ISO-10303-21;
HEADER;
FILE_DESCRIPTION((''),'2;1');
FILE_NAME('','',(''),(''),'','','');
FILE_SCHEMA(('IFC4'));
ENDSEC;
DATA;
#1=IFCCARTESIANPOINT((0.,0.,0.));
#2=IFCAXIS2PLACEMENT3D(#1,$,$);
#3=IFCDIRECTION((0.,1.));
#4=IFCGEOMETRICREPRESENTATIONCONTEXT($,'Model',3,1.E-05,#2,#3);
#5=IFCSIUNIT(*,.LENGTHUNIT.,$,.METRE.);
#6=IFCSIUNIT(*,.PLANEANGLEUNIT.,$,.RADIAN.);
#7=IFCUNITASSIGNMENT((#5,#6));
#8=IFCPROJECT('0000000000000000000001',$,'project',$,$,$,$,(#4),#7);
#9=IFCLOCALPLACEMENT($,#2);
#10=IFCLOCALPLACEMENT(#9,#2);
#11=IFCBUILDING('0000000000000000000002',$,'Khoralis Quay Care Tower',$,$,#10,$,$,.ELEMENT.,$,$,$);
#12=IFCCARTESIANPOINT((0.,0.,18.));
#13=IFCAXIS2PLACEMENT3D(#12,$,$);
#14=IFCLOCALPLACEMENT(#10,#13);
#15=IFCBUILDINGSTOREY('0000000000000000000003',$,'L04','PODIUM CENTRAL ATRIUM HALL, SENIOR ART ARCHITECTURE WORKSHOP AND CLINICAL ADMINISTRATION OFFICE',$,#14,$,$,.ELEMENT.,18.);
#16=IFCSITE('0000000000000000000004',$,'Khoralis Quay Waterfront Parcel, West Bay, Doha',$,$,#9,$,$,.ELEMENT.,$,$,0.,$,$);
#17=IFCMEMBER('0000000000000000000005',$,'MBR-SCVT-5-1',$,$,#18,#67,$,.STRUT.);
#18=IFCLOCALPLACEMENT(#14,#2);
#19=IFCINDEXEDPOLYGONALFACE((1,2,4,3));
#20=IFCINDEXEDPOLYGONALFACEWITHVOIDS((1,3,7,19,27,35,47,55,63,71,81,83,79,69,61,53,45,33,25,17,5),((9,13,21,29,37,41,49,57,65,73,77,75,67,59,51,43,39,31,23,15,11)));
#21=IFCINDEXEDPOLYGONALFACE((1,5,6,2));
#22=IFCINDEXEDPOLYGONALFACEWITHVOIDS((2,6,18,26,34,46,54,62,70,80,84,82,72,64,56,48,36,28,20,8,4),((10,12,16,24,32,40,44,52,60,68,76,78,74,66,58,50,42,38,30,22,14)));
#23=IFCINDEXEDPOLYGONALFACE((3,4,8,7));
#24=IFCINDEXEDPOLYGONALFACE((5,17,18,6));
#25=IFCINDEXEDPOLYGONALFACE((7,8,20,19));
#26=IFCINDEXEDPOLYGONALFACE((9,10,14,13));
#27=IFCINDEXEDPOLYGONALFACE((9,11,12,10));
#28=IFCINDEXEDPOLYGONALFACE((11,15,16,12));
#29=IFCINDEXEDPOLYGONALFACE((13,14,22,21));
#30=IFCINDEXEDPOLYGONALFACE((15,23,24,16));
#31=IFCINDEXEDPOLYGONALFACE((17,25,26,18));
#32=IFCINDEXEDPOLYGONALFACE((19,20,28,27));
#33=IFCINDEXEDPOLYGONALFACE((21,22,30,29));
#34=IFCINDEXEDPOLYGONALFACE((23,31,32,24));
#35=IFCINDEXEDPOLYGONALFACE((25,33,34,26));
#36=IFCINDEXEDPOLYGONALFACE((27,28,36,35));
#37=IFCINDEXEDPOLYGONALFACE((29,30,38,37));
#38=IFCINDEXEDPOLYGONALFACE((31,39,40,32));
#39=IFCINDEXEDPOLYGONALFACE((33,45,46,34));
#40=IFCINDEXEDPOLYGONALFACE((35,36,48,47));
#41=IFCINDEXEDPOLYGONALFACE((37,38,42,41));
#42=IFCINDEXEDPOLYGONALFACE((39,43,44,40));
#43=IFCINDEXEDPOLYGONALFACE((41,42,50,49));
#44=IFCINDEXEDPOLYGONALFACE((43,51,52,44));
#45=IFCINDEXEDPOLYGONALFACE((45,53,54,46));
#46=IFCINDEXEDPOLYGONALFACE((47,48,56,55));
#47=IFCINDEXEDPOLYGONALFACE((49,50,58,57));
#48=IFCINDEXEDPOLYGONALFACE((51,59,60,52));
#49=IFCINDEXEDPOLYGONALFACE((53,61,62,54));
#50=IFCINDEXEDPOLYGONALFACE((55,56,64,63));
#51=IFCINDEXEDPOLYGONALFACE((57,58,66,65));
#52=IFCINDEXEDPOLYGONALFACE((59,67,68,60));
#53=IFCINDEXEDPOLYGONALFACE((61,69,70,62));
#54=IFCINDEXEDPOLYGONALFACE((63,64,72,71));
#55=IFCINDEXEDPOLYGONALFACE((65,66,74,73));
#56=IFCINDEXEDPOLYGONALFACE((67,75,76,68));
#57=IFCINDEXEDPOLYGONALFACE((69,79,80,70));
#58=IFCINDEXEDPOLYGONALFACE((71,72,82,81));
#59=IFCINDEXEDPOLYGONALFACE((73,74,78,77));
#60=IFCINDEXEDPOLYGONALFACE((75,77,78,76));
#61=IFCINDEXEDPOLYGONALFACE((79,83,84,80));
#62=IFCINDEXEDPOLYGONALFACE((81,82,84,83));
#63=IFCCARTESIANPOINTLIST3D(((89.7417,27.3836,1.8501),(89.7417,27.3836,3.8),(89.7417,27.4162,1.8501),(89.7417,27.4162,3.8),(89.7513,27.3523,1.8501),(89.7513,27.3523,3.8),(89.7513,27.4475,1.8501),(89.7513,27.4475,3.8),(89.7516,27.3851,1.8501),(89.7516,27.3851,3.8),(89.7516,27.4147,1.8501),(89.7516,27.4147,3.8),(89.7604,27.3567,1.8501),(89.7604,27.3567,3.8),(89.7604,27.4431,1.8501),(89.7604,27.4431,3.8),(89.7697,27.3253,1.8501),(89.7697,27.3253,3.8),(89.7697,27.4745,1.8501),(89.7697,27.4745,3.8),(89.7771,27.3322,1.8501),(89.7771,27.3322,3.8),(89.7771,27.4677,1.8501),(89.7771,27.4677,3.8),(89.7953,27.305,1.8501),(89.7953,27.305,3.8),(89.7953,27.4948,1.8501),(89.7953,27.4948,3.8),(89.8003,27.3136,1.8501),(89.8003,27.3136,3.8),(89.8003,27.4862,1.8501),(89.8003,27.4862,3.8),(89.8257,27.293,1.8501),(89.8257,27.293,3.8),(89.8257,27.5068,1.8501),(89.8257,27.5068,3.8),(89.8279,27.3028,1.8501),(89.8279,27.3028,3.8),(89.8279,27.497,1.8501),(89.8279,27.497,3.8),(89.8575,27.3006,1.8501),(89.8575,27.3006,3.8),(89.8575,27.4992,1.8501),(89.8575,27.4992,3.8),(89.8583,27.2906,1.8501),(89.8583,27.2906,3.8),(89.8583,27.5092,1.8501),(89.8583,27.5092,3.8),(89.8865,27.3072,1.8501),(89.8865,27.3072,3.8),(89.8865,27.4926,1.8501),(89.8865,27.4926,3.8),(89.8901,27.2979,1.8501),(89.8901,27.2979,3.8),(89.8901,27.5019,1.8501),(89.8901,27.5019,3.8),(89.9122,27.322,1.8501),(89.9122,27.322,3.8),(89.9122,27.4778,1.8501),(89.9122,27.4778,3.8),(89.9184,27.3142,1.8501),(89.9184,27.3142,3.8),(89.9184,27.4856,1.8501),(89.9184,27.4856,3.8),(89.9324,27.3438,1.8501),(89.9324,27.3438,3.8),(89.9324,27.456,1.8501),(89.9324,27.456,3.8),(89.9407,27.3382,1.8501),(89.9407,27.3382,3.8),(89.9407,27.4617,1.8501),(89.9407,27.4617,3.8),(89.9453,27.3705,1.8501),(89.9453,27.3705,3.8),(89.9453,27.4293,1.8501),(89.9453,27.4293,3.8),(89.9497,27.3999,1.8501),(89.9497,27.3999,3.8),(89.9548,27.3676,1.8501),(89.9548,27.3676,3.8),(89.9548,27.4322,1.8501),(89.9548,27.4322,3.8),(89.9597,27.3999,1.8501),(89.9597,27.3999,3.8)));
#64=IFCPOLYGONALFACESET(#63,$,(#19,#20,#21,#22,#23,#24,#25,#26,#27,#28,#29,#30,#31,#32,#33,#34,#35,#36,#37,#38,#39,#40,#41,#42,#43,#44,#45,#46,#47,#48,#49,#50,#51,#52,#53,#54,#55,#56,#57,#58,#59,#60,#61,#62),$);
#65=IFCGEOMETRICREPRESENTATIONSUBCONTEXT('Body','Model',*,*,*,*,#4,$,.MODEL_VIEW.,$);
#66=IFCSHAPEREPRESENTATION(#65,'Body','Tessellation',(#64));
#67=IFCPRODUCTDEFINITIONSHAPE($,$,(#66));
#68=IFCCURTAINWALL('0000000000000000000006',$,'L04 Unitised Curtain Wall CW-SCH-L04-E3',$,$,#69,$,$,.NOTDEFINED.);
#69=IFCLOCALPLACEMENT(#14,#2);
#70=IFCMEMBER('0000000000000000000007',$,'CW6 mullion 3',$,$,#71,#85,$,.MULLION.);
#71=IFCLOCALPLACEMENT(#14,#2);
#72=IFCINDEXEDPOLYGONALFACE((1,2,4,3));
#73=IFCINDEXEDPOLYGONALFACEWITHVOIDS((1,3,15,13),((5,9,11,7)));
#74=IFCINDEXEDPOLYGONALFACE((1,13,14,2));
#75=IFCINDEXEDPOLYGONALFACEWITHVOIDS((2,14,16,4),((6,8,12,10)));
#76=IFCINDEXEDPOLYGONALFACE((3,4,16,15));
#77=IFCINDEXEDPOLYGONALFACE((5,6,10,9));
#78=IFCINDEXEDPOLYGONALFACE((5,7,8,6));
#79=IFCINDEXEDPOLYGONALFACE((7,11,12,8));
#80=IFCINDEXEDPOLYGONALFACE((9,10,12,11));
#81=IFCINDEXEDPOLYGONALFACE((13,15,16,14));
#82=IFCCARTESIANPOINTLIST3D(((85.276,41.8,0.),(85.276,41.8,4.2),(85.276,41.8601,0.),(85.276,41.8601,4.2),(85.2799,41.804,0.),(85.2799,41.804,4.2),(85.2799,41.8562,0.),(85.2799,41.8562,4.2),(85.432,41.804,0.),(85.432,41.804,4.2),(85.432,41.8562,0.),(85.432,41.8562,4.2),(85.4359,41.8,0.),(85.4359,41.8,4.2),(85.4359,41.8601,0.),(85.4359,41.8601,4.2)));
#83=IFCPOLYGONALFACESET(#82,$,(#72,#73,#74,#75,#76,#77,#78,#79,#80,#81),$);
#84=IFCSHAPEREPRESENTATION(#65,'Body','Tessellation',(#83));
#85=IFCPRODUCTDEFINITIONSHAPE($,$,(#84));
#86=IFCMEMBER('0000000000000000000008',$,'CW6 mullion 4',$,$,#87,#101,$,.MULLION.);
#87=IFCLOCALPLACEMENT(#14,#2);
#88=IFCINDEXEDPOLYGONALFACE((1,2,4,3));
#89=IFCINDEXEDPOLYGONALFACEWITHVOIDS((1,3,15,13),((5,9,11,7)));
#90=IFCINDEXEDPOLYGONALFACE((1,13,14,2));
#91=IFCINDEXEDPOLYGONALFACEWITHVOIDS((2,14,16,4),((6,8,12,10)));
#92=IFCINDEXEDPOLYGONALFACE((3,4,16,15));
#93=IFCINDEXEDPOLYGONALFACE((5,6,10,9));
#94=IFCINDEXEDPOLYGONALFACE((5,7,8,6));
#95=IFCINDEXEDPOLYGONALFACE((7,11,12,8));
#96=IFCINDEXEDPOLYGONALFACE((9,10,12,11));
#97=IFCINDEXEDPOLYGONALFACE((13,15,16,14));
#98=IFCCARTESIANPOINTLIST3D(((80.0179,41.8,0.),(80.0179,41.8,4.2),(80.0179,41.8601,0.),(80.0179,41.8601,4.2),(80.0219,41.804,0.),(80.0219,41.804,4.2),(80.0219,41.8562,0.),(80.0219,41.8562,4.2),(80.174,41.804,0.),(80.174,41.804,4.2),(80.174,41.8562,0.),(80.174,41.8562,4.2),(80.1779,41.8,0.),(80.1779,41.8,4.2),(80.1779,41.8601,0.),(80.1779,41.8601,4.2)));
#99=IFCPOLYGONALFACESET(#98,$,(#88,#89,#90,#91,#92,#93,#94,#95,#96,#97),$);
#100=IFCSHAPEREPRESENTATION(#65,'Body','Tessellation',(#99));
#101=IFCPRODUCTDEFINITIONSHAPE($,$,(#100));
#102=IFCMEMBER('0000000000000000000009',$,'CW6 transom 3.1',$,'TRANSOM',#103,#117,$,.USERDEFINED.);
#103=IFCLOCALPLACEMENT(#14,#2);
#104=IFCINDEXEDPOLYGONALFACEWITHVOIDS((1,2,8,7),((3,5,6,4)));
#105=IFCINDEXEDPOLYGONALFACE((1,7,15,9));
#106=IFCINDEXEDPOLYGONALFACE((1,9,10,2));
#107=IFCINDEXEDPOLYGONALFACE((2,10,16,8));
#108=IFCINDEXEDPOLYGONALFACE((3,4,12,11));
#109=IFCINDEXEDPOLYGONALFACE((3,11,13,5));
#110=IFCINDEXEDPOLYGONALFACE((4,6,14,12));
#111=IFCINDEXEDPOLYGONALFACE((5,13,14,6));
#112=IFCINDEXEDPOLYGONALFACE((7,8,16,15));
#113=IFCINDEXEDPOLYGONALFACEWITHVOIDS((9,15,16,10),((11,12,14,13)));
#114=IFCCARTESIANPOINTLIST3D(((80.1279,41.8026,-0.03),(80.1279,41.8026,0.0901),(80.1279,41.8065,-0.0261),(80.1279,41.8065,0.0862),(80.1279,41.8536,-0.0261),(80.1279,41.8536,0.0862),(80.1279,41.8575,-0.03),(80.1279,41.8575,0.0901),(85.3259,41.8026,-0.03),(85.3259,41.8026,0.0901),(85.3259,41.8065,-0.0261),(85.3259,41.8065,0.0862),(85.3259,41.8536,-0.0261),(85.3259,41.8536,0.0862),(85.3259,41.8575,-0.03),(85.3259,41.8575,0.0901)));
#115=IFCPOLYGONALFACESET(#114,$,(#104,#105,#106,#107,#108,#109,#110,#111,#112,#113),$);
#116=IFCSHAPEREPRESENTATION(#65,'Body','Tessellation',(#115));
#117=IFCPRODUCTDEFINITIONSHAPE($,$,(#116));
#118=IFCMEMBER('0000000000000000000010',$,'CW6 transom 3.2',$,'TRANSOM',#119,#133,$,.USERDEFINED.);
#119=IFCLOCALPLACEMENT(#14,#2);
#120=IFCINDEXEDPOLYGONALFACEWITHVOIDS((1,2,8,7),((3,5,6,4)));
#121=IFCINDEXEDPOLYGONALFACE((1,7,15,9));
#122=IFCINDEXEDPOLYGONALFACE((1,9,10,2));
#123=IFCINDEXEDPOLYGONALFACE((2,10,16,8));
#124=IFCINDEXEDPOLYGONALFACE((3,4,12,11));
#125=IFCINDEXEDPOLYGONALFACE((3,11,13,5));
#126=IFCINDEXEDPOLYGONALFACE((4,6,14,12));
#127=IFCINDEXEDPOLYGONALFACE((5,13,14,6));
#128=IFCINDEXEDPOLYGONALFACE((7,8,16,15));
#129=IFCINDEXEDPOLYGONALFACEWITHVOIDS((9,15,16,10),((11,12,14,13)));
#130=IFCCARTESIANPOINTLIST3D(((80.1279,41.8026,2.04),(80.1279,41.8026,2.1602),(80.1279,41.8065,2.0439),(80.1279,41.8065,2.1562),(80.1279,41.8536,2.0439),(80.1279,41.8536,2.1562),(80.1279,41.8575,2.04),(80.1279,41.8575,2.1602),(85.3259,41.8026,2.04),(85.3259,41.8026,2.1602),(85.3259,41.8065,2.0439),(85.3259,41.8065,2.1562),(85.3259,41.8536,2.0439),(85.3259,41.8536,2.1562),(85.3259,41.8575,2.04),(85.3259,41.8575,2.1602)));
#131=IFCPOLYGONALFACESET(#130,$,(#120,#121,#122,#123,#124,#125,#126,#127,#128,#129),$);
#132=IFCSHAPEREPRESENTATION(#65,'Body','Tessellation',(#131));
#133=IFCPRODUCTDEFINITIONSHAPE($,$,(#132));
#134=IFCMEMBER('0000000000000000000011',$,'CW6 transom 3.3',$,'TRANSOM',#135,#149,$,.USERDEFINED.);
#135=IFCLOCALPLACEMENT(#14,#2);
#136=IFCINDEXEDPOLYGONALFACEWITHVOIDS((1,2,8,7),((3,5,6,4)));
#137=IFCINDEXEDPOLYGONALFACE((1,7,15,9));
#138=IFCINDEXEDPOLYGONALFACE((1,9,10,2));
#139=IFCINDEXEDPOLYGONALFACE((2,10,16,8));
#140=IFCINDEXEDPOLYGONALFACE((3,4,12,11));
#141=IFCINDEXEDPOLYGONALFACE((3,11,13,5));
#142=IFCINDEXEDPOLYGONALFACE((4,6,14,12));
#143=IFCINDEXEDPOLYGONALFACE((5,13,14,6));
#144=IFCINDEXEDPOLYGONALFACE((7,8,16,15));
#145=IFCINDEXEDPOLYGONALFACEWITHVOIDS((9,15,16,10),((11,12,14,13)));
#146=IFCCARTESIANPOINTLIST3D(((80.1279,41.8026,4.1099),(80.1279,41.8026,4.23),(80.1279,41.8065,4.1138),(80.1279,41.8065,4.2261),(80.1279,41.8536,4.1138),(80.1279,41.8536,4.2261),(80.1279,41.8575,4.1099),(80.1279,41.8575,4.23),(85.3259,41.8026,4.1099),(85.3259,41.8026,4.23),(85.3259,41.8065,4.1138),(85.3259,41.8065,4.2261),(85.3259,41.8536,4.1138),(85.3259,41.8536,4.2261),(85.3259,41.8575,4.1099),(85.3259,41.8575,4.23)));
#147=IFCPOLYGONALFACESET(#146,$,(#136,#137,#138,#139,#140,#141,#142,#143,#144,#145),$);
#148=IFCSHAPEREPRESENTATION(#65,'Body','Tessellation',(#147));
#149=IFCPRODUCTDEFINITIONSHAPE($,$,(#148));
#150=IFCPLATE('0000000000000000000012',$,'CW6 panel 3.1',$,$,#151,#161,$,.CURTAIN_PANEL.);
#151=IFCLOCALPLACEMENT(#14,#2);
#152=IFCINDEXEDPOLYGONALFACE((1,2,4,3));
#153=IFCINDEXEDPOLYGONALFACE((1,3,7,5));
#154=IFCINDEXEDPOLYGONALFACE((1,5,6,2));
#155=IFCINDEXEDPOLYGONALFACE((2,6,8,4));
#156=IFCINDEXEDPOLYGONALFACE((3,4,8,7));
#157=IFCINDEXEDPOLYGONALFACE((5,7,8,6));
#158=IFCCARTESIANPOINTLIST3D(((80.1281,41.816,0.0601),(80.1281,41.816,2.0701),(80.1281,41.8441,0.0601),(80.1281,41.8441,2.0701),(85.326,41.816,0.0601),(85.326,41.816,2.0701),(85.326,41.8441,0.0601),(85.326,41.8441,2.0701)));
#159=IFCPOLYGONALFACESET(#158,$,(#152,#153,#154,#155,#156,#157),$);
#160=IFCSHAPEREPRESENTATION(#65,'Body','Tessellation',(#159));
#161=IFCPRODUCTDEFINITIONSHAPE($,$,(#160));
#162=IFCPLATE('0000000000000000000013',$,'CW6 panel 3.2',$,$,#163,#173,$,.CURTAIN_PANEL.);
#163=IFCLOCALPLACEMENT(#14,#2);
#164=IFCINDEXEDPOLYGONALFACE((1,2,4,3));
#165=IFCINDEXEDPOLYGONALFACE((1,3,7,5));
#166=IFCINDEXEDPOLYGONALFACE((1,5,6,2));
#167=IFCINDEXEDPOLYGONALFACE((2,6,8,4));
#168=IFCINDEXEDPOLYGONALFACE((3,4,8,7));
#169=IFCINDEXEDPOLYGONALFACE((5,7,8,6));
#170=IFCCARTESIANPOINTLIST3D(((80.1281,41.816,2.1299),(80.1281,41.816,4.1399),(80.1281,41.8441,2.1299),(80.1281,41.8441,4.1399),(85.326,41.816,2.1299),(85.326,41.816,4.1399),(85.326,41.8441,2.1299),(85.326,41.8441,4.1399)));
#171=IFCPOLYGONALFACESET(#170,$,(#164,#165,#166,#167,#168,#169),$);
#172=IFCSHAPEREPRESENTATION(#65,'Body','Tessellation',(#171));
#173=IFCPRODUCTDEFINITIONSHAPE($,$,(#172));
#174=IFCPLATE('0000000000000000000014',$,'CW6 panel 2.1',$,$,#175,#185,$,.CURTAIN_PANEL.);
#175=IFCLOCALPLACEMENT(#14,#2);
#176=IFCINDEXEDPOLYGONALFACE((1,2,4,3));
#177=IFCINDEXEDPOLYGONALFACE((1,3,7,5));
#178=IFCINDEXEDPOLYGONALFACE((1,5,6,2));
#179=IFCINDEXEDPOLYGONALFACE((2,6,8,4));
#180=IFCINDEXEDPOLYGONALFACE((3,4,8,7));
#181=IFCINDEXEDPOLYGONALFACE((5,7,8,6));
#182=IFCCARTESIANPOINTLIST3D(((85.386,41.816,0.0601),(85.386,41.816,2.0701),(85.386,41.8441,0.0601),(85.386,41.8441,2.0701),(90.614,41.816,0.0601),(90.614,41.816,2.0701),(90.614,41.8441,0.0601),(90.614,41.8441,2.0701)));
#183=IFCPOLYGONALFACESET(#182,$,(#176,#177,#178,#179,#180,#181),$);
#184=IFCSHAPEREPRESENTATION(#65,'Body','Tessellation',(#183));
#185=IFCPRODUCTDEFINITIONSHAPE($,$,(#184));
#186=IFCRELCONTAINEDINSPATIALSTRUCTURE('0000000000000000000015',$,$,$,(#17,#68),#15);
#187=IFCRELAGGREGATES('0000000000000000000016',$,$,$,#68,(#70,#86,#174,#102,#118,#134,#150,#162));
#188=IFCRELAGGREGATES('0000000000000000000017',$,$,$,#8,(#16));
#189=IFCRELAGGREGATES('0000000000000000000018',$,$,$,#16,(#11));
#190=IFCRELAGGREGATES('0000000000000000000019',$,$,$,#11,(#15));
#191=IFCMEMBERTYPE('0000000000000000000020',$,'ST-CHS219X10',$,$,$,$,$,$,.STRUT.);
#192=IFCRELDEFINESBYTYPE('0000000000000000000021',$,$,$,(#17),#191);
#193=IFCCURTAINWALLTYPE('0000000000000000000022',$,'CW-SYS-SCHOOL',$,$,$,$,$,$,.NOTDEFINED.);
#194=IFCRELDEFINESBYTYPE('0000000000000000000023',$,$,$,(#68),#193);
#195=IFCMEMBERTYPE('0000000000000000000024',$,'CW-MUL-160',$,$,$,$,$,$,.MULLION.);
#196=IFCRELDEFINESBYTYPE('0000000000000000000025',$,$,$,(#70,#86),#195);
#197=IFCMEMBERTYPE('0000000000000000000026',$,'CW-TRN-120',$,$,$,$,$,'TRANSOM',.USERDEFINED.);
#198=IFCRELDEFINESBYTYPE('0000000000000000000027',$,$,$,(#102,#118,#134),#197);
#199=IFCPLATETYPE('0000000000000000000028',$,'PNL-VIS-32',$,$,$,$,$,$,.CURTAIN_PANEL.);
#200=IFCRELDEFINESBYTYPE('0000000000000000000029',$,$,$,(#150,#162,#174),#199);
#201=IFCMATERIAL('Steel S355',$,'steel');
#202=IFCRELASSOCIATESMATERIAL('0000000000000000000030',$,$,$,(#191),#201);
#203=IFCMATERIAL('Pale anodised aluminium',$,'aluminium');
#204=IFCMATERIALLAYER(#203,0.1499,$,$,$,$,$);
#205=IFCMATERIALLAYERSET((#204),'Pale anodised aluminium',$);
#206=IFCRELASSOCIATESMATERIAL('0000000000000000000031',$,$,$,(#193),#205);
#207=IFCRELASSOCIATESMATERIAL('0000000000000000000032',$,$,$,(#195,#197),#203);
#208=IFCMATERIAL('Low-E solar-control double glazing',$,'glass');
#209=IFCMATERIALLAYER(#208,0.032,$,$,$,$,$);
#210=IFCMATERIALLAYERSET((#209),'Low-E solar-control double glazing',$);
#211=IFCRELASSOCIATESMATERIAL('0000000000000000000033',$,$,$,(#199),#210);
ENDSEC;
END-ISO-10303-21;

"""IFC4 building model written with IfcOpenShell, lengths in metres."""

from ifc_helpers import new_model, si_unit, direction, frame, origin, origin_2d, place, context, subcontext, project, spatial, rectangle, hollow_rectangle, hollow_circle, extrude, source, transform, mapped, material, layer, layer_set, material_profile, profile_set, type_object, element, aggregate, save


model = new_model("IFC4")

# Units and contexts
model_context = context("Model", 3, precision=1e-05, world=origin(), true_north=direction((0.0, 1.0)))
body_context = subcontext(model_context, "Body", "Model", "MODEL_VIEW")
ifc_project = project(units=[si_unit("LENGTHUNIT", "METRE"), si_unit("PLANEANGLEUNIT", "RADIAN")], contexts=[model_context])

# Site, building, storey
site_placement = place(None, origin())
site = spatial("IfcSite", under=ifc_project, at=site_placement, Name="Khoralis Quay Waterfront Parcel, West Bay, Doha", CompositionType="ELEMENT", RefElevation=0.0)
building_placement = place(site_placement, origin())
building = spatial("IfcBuilding", under=site, at=building_placement, Name="Khoralis Quay Care Tower", CompositionType="ELEMENT")
storey_placement = place(building_placement, frame((0.0, 0.0, 18.0)))
storey = spatial("IfcBuildingStorey", under=building, at=storey_placement, Name="L04", Description="PODIUM CENTRAL ATRIUM HALL, SENIOR ART ARCHITECTURE WORKSHOP AND CLINICAL ADMINISTRATION OFFICE", CompositionType="ELEMENT", Elevation=18.0)

# Shared definitions
ifc_material_1 = material(Name="Steel S355", Category="steel")

# Member
ifc_material_profile_1 = material_profile(ifc_material_1, hollow_circle(Radius=0.1096, WallThickness=0.01, at=origin_2d()), Name="Steel S355")
ifc_profile_set_1 = profile_set([ifc_material_profile_1], Name="Steel S355")
member_type_1 = type_object("IfcMemberType", Name="ST-CHS219X10", PredefinedType="STRUT", material=ifc_profile_set_1)
shared_shape_1 = source(origin(), body_context, "Body", "SweptSolid", [
    extrude(hollow_circle(Radius=0.1096, WallThickness=0.01, at=origin_2d()), origin(), (0.0, 0.0, 1.0), 1.95),
])
member_1_placement = place(storey_placement, frame((89.8501, 27.3999, 1.8501), z_axis=(0.0, 0.0, 1.0), x_axis=(1.0, 0.0, 0.0)))
element("IfcMember", 1, at=member_1_placement, inside=storey, type_object=member_type_1, Name="MBR-SCVT-5-1", PredefinedType="STRUT", context=body_context, shape_type="MappedRepresentation", body=[
    mapped(shared_shape_1, transform((0.0, 0.0, 0.0), scale=1.0)),
])

# Curtain wall, members, plates
ifc_material_2 = material(Name="Pale anodised aluminium", Category="aluminium")
ifc_layer_1 = layer(ifc_material_2, 0.1499)
ifc_layer_set_1 = layer_set([ifc_layer_1], Name="Pale anodised aluminium")
curtain_wall_type = type_object("IfcCurtainWallType", Name="CW-SYS-SCHOOL", PredefinedType="NOTDEFINED", material=ifc_layer_set_1)
curtain_wall_placement = place(storey_placement, origin())
curtain_wall = element("IfcCurtainWall", 2, at=curtain_wall_placement, inside=storey, type_object=curtain_wall_type, Name="L04 Unitised Curtain Wall CW-SCH-L04-E3", PredefinedType="NOTDEFINED")
ifc_material_profile_2 = material_profile(ifc_material_2, hollow_rectangle(XDim=0.0601, YDim=0.1599, WallThickness=0.0039, at=origin_2d()), Name="Pale anodised aluminium")
ifc_profile_set_2 = profile_set([ifc_material_profile_2], Name="Pale anodised aluminium")
member_type_2 = type_object("IfcMemberType", Name="CW-MUL-160", PredefinedType="MULLION", material=ifc_profile_set_2)
shared_shape_2 = source(origin(), body_context, "Body", "SweptSolid", [
    extrude(hollow_rectangle(XDim=0.0601, YDim=0.1599, WallThickness=0.0039, at=origin_2d()), origin(), (0.0, 0.0, 1.0), 4.2),
])
member_2_placement = place(storey_placement, frame((85.356, 41.8301, 0.0), z_axis=(0.0, 0.0, 1.0), x_axis=(0.0, -1.0, 0.0)))
member_2 = element("IfcMember", 3, at=member_2_placement, type_object=member_type_2, Name="CW6 mullion 3", PredefinedType="MULLION", context=body_context, shape_type="MappedRepresentation", body=[
    mapped(shared_shape_2, transform((0.0, 0.0, 0.0), scale=1.0)),
])
member_3_placement = place(storey_placement, frame((80.0979, 41.8301, 0.0), z_axis=(0.0, 0.0, 1.0), x_axis=(0.0, -1.0, 0.0)))
member_3 = element("IfcMember", 4, at=member_3_placement, type_object=member_type_2, Name="CW6 mullion 4", PredefinedType="MULLION", context=body_context, shape_type="MappedRepresentation", body=[
    mapped(shared_shape_2, transform((0.0, 0.0, 0.0), scale=1.0)),
])
ifc_material_profile_3 = material_profile(ifc_material_2, hollow_rectangle(XDim=0.0549, YDim=0.1201, WallThickness=0.0039, at=origin_2d()), Name="Pale anodised aluminium")
ifc_profile_set_3 = profile_set([ifc_material_profile_3], Name="Pale anodised aluminium")
member_type_3 = type_object("IfcMemberType", Name="CW-TRN-120", ElementType="TRANSOM", PredefinedType="USERDEFINED", material=ifc_profile_set_3)
shared_shape_3 = source(origin(), body_context, "Body", "SweptSolid", [
    extrude(hollow_rectangle(XDim=0.0549, YDim=0.1201, WallThickness=0.0039, at=origin_2d()), origin(), (0.0, 0.0, 1.0), 5.198),
])
member_4_placement = place(storey_placement, frame((85.3259, 41.8301, 0.03), z_axis=(-1.0, 0.0, 0.0), x_axis=(0.0, -1.0, 0.0)))
member_4 = element("IfcMember", 5, at=member_4_placement, type_object=member_type_3, Name="CW6 transom 3.1", ObjectType="TRANSOM", PredefinedType="USERDEFINED", context=body_context, shape_type="MappedRepresentation", body=[
    mapped(shared_shape_3, transform((0.0, 0.0, 0.0), scale=1.0)),
])
member_5_placement = place(storey_placement, frame((85.3259, 41.8301, 2.1001), z_axis=(-1.0, 0.0, 0.0), x_axis=(0.0, -1.0, 0.0)))
member_5 = element("IfcMember", 6, at=member_5_placement, type_object=member_type_3, Name="CW6 transom 3.2", ObjectType="TRANSOM", PredefinedType="USERDEFINED", context=body_context, shape_type="MappedRepresentation", body=[
    mapped(shared_shape_3, transform((0.0, 0.0, 0.0), scale=1.0)),
])
member_6_placement = place(storey_placement, frame((85.3259, 41.8301, 4.1699), z_axis=(-1.0, 0.0, 0.0), x_axis=(0.0, -1.0, 0.0)))
member_6 = element("IfcMember", 7, at=member_6_placement, type_object=member_type_3, Name="CW6 transom 3.3", ObjectType="TRANSOM", PredefinedType="USERDEFINED", context=body_context, shape_type="MappedRepresentation", body=[
    mapped(shared_shape_3, transform((0.0, 0.0, 0.0), scale=1.0)),
])
ifc_material_3 = material(Name="Low-E solar-control double glazing", Category="glass")
ifc_layer_2 = layer(ifc_material_3, 0.032)
ifc_layer_set_2 = layer_set([ifc_layer_2], Name="Low-E solar-control double glazing")
plate_type = type_object("IfcPlateType", Name="PNL-VIS-32", PredefinedType="CURTAIN_PANEL", material=ifc_layer_set_2)
shared_shape_4 = source(origin(), body_context, "Body", "SweptSolid", [
    extrude(rectangle(XDim=5.198, YDim=0.0281, at=origin_2d()), origin(), (0.0, 0.0, 1.0), 2.01),
])
plate_1_placement = place(storey_placement, frame((82.7271, 41.8301, 0.0601), z_axis=(0.0, 0.0, 1.0), x_axis=(-1.0, 0.0, 0.0)))
plate_1 = element("IfcPlate", 8, at=plate_1_placement, type_object=plate_type, Name="CW6 panel 3.1", PredefinedType="CURTAIN_PANEL", context=body_context, shape_type="MappedRepresentation", body=[
    mapped(shared_shape_4, transform((0.0, 0.0, 0.0), scale=1.0)),
])
plate_2_placement = place(storey_placement, frame((82.7271, 41.8301, 2.1299), z_axis=(0.0, 0.0, 1.0), x_axis=(-1.0, 0.0, 0.0)))
plate_2 = element("IfcPlate", 9, at=plate_2_placement, type_object=plate_type, Name="CW6 panel 3.2", PredefinedType="CURTAIN_PANEL", context=body_context, shape_type="MappedRepresentation", body=[
    mapped(shared_shape_4, transform((0.0, 0.0, 0.0), scale=1.0)),
])
shared_shape_5 = source(origin(), body_context, "Body", "SweptSolid", [
    extrude(rectangle(XDim=5.228, YDim=0.0281, at=origin_2d()), origin(), (0.0, 0.0, 1.0), 2.01),
])
plate_3_placement = place(storey_placement, frame((88.0, 41.8301, 0.0601), z_axis=(0.0, 0.0, 1.0), x_axis=(-1.0, 0.0, 0.0)))
plate_3 = element("IfcPlate", 10, at=plate_3_placement, type_object=plate_type, Name="CW6 panel 2.1", PredefinedType="CURTAIN_PANEL", context=body_context, shape_type="MappedRepresentation", body=[
    mapped(shared_shape_5, transform((0.0, 0.0, 0.0), scale=1.0)),
])
aggregate(curtain_wall, [member_2, member_3, plate_3, member_4, member_5, member_6, plate_1, plate_2])

save(model, "model.ifc")
